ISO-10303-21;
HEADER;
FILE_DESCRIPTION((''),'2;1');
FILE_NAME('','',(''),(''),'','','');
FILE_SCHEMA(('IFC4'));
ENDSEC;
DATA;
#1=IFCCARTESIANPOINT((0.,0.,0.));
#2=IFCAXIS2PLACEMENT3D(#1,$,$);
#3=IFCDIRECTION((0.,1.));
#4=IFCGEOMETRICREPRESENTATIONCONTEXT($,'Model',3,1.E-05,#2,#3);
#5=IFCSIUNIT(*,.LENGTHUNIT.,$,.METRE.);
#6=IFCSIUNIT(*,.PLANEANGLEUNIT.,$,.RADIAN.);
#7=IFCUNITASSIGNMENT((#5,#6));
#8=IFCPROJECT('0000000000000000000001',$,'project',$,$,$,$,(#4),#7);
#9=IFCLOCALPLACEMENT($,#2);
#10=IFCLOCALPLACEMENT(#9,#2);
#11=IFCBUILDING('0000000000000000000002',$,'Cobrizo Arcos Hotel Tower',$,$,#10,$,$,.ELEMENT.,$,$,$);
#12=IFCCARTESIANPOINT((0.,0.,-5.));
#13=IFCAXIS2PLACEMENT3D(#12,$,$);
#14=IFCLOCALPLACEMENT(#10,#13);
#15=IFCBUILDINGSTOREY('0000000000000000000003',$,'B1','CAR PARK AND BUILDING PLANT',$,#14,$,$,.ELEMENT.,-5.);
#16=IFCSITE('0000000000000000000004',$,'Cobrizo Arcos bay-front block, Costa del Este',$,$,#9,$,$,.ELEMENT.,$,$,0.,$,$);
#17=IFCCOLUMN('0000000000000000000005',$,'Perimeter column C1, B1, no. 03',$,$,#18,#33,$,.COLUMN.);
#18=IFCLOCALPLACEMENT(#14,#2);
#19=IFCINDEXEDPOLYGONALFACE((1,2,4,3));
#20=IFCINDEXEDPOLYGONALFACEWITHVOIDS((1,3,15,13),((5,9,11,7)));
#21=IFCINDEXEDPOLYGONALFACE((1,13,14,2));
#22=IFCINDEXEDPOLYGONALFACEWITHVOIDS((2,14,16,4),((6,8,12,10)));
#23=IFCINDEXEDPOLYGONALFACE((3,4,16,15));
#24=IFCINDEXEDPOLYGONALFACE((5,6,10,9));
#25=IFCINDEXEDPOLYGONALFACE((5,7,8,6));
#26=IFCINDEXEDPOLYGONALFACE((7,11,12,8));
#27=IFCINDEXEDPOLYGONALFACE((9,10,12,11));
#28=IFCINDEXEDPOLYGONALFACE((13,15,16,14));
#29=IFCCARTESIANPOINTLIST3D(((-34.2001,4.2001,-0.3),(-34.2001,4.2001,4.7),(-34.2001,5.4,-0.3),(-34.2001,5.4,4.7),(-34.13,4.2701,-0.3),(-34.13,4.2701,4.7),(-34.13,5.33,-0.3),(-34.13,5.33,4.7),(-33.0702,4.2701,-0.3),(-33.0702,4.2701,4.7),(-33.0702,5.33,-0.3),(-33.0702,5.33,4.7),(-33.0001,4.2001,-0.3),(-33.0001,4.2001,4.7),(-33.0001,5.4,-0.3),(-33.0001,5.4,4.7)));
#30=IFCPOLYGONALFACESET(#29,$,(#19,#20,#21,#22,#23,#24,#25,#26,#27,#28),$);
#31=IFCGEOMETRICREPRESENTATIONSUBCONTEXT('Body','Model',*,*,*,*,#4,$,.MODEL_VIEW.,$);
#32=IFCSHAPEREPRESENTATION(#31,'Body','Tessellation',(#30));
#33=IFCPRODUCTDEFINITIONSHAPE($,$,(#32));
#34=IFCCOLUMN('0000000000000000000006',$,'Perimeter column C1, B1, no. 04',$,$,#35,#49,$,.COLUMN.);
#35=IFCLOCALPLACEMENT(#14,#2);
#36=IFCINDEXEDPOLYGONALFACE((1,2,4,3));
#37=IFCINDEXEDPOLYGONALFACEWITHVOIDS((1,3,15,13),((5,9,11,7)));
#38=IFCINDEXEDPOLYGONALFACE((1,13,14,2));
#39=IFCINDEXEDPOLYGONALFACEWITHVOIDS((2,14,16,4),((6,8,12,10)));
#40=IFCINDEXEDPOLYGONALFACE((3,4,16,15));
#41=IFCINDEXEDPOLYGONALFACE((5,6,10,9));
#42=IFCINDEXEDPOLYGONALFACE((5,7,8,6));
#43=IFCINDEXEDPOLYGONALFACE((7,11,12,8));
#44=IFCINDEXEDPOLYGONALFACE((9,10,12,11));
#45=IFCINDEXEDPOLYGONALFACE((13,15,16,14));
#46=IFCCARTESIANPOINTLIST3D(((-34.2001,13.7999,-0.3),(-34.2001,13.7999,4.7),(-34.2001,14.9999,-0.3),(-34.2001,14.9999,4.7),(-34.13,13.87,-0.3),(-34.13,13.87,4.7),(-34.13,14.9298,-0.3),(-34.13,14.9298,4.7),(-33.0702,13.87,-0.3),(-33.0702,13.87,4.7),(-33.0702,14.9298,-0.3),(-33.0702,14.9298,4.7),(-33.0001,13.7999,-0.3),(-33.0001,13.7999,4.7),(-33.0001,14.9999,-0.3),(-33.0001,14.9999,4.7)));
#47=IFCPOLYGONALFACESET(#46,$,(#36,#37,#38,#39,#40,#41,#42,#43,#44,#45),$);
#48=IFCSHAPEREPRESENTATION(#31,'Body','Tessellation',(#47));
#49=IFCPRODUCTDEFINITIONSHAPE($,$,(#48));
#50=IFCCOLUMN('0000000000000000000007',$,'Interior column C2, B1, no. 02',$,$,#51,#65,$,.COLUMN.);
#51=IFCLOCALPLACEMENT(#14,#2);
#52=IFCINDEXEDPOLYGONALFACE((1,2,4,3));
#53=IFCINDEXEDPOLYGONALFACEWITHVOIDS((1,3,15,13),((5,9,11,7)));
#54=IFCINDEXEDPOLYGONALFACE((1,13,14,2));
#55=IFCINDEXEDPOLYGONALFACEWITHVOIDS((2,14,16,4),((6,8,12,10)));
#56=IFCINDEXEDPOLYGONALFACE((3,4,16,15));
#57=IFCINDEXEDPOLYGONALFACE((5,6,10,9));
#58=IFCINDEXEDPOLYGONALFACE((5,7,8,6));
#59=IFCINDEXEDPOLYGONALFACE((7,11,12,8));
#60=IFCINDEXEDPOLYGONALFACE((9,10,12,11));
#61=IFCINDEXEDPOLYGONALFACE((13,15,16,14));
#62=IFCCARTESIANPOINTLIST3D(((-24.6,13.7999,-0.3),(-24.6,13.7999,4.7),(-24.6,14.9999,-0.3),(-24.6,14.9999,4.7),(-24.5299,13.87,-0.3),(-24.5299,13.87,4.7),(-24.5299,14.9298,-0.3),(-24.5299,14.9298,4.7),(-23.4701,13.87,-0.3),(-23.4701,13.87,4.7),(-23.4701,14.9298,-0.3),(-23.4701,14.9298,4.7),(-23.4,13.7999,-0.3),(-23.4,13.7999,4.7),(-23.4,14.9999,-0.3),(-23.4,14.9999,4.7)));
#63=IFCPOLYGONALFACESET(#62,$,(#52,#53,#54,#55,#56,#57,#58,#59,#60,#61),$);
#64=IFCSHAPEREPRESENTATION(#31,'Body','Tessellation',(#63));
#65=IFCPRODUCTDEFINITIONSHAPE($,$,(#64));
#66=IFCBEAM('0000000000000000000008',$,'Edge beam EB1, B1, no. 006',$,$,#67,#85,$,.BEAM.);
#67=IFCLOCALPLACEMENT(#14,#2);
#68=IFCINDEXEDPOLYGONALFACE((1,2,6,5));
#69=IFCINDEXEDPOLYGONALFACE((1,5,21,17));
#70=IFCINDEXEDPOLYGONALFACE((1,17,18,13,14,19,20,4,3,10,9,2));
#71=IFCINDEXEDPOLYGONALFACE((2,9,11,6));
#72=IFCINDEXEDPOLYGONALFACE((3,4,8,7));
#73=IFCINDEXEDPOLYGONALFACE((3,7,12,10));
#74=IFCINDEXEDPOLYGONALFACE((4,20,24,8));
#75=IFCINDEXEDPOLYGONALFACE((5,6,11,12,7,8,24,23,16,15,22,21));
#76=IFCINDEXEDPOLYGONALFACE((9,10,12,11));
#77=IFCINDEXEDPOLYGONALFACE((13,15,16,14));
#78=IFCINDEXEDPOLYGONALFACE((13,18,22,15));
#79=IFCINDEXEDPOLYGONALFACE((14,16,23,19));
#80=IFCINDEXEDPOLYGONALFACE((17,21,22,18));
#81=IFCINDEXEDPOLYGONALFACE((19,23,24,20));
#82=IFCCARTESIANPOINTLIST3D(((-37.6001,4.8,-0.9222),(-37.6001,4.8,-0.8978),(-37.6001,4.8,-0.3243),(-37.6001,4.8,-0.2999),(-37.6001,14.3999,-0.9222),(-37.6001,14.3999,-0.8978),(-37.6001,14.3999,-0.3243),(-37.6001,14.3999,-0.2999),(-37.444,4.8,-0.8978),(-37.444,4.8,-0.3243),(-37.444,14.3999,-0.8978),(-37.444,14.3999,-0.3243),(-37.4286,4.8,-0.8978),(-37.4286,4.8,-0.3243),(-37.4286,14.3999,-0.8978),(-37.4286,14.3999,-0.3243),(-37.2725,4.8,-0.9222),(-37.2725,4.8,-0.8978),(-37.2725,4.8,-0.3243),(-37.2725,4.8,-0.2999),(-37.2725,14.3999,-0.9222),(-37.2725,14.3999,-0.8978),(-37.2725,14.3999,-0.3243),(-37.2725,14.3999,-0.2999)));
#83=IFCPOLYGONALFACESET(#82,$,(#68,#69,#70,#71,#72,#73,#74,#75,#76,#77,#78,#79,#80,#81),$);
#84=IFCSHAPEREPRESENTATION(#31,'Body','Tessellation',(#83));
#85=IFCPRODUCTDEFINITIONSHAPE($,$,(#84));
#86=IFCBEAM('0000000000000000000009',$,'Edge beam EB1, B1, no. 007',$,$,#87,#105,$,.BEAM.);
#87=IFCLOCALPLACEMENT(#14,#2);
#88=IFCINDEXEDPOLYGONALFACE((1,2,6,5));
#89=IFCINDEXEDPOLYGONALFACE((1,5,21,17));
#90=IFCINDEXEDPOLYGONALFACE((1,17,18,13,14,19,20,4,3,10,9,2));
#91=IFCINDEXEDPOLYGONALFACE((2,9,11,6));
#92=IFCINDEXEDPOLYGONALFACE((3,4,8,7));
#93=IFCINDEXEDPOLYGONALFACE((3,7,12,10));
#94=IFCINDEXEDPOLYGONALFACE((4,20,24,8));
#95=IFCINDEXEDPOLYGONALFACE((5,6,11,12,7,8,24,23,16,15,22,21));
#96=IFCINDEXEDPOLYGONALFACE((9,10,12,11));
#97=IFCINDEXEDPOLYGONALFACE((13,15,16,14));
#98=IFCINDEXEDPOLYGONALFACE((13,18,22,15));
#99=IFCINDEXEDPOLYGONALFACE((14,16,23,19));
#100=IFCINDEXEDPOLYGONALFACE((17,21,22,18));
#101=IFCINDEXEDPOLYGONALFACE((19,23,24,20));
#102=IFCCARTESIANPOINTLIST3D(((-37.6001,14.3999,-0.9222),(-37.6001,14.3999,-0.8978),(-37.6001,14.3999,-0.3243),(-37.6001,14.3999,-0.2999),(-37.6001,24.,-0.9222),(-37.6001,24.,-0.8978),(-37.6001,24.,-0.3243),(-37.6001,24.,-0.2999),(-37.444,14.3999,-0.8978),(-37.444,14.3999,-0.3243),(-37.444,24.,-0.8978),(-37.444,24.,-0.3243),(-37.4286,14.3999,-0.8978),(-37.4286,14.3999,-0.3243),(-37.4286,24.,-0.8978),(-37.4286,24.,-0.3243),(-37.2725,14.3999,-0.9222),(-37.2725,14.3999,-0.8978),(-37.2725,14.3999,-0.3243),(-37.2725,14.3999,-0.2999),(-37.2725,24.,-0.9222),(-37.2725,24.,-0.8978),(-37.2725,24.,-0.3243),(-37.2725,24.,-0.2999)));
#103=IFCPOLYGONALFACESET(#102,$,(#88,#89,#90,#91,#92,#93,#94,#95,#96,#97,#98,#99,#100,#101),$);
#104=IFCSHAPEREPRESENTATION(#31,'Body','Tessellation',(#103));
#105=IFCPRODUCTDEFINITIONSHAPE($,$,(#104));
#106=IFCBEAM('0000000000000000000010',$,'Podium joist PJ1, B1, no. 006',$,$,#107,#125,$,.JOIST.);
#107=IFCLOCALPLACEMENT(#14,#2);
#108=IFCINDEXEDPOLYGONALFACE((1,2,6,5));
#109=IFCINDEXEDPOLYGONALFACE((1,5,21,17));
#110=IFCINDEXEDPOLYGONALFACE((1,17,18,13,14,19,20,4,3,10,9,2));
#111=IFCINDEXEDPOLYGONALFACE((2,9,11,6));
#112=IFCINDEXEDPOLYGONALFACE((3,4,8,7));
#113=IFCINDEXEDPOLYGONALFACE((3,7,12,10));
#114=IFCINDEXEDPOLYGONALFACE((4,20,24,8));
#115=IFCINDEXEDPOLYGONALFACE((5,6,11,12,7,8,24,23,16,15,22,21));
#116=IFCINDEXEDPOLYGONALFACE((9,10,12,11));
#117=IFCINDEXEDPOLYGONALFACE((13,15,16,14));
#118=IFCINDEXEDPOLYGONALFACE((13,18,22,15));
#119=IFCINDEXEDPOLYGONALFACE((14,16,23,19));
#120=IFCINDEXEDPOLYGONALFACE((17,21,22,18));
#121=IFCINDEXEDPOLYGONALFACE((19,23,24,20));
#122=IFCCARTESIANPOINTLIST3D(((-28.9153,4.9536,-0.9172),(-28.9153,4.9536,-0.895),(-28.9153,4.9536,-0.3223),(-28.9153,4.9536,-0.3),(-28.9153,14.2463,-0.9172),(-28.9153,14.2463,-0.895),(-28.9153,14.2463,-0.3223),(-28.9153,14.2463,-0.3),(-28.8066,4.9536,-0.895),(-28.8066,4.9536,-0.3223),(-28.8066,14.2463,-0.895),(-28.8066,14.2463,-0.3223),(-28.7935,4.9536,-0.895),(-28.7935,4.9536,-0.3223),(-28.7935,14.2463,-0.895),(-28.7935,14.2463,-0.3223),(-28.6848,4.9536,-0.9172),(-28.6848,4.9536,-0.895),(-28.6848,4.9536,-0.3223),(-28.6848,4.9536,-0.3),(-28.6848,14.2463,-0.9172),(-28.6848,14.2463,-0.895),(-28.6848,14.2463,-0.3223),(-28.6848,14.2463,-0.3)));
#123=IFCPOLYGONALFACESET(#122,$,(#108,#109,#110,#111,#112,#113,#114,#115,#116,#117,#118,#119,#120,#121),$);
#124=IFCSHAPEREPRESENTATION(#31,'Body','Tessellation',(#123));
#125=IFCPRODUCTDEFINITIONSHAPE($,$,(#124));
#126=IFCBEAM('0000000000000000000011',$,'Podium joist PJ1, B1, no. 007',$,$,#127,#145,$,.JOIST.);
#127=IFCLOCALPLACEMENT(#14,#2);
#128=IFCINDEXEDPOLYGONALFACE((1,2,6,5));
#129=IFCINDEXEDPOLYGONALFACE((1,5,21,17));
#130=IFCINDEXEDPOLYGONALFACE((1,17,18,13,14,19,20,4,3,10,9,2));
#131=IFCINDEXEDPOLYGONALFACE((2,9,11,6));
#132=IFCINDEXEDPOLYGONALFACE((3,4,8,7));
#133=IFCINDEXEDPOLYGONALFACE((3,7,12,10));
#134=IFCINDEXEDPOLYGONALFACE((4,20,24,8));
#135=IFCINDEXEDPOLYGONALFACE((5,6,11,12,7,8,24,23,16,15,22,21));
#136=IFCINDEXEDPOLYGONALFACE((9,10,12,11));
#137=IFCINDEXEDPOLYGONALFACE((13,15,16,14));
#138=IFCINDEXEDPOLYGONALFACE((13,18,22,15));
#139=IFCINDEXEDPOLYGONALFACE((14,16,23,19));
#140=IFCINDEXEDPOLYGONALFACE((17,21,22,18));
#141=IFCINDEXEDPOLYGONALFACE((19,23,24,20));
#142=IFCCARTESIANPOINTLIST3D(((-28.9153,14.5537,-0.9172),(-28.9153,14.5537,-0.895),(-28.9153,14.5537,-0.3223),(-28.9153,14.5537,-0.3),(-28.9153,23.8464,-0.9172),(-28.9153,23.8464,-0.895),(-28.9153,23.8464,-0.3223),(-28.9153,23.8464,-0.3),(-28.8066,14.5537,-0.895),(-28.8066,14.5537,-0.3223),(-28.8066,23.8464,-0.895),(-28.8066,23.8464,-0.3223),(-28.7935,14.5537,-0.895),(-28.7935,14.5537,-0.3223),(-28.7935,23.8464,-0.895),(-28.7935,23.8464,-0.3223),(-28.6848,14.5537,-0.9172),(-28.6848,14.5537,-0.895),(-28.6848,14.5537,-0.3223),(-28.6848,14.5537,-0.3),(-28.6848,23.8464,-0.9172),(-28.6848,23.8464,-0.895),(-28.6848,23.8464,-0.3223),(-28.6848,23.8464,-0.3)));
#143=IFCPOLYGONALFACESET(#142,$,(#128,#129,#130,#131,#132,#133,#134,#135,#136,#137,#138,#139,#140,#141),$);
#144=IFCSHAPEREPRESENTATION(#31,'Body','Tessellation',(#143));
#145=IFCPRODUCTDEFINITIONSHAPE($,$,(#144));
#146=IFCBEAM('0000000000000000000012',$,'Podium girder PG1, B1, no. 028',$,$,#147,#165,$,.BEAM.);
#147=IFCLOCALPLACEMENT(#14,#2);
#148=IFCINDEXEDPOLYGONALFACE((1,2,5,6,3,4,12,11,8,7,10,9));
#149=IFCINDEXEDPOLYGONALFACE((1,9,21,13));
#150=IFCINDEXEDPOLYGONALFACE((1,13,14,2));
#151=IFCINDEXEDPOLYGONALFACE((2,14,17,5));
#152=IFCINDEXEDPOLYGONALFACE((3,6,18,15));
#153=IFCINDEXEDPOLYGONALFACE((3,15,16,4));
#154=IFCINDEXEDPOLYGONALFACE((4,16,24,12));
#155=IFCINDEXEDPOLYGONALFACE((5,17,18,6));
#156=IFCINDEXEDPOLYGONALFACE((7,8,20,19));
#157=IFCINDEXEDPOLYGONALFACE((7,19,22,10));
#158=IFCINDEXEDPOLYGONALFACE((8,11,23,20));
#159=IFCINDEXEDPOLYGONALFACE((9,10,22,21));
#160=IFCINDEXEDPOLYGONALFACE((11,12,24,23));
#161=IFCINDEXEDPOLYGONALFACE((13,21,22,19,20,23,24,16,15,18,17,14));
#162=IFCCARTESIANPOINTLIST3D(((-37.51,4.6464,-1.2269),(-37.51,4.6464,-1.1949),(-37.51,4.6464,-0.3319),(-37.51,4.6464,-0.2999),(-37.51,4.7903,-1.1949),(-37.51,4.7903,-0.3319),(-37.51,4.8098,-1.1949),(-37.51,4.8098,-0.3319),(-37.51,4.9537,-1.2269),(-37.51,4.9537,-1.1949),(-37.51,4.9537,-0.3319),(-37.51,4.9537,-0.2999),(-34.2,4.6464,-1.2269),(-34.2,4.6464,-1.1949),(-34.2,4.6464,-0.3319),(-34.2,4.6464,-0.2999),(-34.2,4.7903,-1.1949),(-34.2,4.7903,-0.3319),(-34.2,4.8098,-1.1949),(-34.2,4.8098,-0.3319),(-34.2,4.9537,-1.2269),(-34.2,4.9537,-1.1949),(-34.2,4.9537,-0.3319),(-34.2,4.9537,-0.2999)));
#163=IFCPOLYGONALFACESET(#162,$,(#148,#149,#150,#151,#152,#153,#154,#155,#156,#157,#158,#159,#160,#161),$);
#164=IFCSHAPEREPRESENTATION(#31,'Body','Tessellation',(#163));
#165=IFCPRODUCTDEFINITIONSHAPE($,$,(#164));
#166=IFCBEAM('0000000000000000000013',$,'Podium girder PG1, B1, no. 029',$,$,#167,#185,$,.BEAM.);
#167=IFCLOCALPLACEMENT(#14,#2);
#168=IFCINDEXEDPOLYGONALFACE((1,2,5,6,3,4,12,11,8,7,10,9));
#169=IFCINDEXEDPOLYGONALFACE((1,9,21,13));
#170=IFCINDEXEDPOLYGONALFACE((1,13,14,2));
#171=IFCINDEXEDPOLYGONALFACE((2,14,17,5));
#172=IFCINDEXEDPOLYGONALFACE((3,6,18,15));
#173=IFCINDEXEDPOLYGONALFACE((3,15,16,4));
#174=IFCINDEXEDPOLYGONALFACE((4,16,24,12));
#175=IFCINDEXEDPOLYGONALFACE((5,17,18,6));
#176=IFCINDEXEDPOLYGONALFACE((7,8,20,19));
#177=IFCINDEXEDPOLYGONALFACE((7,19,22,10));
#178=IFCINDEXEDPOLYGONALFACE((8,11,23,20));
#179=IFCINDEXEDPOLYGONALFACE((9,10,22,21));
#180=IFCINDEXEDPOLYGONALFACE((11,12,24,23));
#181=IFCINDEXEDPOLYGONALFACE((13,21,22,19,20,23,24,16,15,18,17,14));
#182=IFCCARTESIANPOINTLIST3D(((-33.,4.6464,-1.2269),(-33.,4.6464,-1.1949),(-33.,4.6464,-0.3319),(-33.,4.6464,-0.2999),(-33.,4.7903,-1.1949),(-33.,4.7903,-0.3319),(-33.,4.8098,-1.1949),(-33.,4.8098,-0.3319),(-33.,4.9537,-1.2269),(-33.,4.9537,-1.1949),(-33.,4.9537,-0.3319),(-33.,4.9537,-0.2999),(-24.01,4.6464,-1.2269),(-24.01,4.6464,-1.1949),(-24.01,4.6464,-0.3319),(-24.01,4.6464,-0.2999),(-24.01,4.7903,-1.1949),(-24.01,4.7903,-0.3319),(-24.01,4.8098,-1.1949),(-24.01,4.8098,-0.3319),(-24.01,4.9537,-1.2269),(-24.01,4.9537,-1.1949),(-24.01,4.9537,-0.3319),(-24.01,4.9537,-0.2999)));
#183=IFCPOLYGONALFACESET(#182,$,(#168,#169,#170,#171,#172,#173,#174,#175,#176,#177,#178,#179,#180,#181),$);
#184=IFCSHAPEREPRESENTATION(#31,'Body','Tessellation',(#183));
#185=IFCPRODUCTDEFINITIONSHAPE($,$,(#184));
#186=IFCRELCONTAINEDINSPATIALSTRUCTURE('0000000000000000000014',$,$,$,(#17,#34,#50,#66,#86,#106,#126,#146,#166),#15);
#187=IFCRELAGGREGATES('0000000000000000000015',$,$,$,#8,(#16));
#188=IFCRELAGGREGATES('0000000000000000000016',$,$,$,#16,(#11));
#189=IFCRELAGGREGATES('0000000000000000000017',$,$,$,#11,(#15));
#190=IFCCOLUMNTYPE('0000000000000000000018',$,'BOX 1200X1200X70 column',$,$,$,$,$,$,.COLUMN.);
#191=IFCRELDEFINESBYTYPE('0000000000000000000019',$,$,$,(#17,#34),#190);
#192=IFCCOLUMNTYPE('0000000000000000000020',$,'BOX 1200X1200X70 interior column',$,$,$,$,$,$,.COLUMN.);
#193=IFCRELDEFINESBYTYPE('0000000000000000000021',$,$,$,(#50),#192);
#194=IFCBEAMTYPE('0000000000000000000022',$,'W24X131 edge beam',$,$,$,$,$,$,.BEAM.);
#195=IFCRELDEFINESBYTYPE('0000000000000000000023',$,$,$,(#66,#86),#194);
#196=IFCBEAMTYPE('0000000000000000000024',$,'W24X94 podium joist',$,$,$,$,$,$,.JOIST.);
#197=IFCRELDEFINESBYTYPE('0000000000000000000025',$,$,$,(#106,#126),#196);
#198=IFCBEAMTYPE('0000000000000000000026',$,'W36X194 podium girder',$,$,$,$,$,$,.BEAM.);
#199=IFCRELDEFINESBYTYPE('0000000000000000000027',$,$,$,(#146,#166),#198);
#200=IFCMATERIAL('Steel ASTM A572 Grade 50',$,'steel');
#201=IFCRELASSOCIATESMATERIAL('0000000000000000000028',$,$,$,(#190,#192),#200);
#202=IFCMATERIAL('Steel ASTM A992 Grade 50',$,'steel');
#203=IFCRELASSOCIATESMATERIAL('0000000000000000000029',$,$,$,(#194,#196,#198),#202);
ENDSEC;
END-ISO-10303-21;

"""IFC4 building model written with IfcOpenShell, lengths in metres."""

from ifc_helpers import new_model, si_unit, direction, frame, origin, origin_2d, place, context, subcontext, project, spatial, hollow_rectangle, i_section, extrude, material, material_profile, profile_set, type_object, element, save


model = new_model("IFC4")

# Units and contexts
model_context = context("Model", 3, precision=1e-05, world=origin(), true_north=direction((0.0, 1.0)))
body_context = subcontext(model_context, "Body", "Model", "MODEL_VIEW")
ifc_project = project(units=[si_unit("LENGTHUNIT", "METRE"), si_unit("PLANEANGLEUNIT", "RADIAN")], contexts=[model_context])

# Site, building, storey
site_placement = place(None, origin())
site = spatial("IfcSite", under=ifc_project, at=site_placement, Name="Cobrizo Arcos bay-front block, Costa del Este", CompositionType="ELEMENT", RefElevation=0.0)
building_placement = place(site_placement, origin())
building = spatial("IfcBuilding", under=site, at=building_placement, Name="Cobrizo Arcos Hotel Tower", CompositionType="ELEMENT")
storey_placement = place(building_placement, frame((0.0, 0.0, -5.0)))
storey = spatial("IfcBuildingStorey", under=building, at=storey_placement, Name="B1", Description="CAR PARK AND BUILDING PLANT", CompositionType="ELEMENT", Elevation=-5.0)

# Columns
ifc_material_1 = material(Name="Steel ASTM A572 Grade 50", Category="steel")
ifc_material_profile_1 = material_profile(ifc_material_1, hollow_rectangle(XDim=1.2, YDim=1.2, WallThickness=0.0701, at=origin_2d()), Name="BOX 1200X1200X70")
ifc_profile_set_1 = profile_set([ifc_material_profile_1], Name="Steel ASTM A572 Grade 50")
column_type_1 = type_object("IfcColumnType", Name="BOX 1200X1200X70 column", PredefinedType="COLUMN", material=ifc_profile_set_1)
for number, where, z_axis, x_axis, name in (
    (1, (-33.6001, 4.8, -0.3), (0.0, 0.0, 1.0), (1.0, 0.0, 0.0), "Perimeter column C1, B1, no. 03"),
    (2, (-33.6001, 14.3999, -0.3), (0.0, 0.0, 1.0), (1.0, 0.0, 0.0), "Perimeter column C1, B1, no. 04"),
):
    element("IfcColumn", number, at=place(storey_placement, frame(where, z_axis=z_axis, x_axis=x_axis)), inside=storey, type_object=column_type_1, Name=name, PredefinedType="COLUMN", context=body_context, shape_type="SweptSolid", body=[
        extrude(hollow_rectangle(XDim=1.2, YDim=1.2, WallThickness=0.0701, at=origin_2d()), origin(), (0.0, 0.0, 1.0), 5.0),
    ])
ifc_material_profile_2 = material_profile(ifc_material_1, hollow_rectangle(XDim=1.2, YDim=1.2, WallThickness=0.0701, at=origin_2d()), Name="BOX 1200X1200X70")
ifc_profile_set_2 = profile_set([ifc_material_profile_2], Name="Steel ASTM A572 Grade 50")
column_type_2 = type_object("IfcColumnType", Name="BOX 1200X1200X70 interior column", PredefinedType="COLUMN", material=ifc_profile_set_2)
column_placement = place(storey_placement, frame((-24.0, 14.3999, -0.3), z_axis=(0.0, 0.0, 1.0), x_axis=(1.0, 0.0, 0.0)))
element("IfcColumn", 3, at=column_placement, inside=storey, type_object=column_type_2, Name="Interior column C2, B1, no. 02", PredefinedType="COLUMN", context=body_context, shape_type="SweptSolid", body=[
    extrude(hollow_rectangle(XDim=1.2, YDim=1.2, WallThickness=0.0701, at=origin_2d()), origin(), (0.0, 0.0, 1.0), 5.0),
])

# Beams
ifc_material_2 = material(Name="Steel ASTM A992 Grade 50", Category="steel")
ifc_material_profile_3 = material_profile(ifc_material_2, i_section(OverallWidth=0.3276, OverallDepth=0.6223, WebThickness=0.0154, FlangeThickness=0.0244, at=origin_2d()), Name="W24X131")
ifc_profile_set_3 = profile_set([ifc_material_profile_3], Name="Steel ASTM A992 Grade 50")
beam_type_1 = type_object("IfcBeamType", Name="W24X131 edge beam", PredefinedType="BEAM", material=ifc_profile_set_3)
beam_1_placement = place(storey_placement, frame((-37.4363, 4.8, -0.6111), z_axis=(0.0, 1.0, 0.0), x_axis=(-1.0, 0.0, 0.0)))
element("IfcBeam", 4, at=beam_1_placement, inside=storey, type_object=beam_type_1, Name="Edge beam EB1, B1, no. 006", PredefinedType="BEAM", context=body_context, shape_type="SweptSolid", body=[
    extrude(i_section(OverallWidth=0.3276, OverallDepth=0.6223, WebThickness=0.0154, FlangeThickness=0.0244, at=origin_2d()), origin(), (0.0, 0.0, 1.0), 9.5999),
])
beam_2_placement = place(storey_placement, frame((-37.4363, 14.3999, -0.6111), z_axis=(0.0, 1.0, 0.0), x_axis=(-1.0, 0.0, 0.0)))
element("IfcBeam", 5, at=beam_2_placement, inside=storey, type_object=beam_type_1, Name="Edge beam EB1, B1, no. 007", PredefinedType="BEAM", context=body_context, shape_type="SweptSolid", body=[
    extrude(i_section(OverallWidth=0.3276, OverallDepth=0.6223, WebThickness=0.0154, FlangeThickness=0.0244, at=origin_2d()), origin(), (0.0, 0.0, 1.0), 9.6001),
])
ifc_material_profile_4 = material_profile(ifc_material_2, i_section(OverallWidth=0.2305, OverallDepth=0.6172, WebThickness=0.0132, FlangeThickness=0.0222, at=origin_2d()), Name="W24X94")
ifc_profile_set_4 = profile_set([ifc_material_profile_4], Name="Steel ASTM A992 Grade 50")
beam_type_2 = type_object("IfcBeamType", Name="W24X94 podium joist", PredefinedType="JOIST", material=ifc_profile_set_4)
for number, where, z_axis, x_axis, name in (
    (6, (-28.8, 4.9536, -0.6086), (0.0, 1.0, 0.0), (-1.0, 0.0, 0.0), "Podium joist PJ1, B1, no. 006"),
    (7, (-28.8, 14.5537, -0.6086), (0.0, 1.0, 0.0), (-1.0, 0.0, 0.0), "Podium joist PJ1, B1, no. 007"),
):
    element("IfcBeam", number, at=place(storey_placement, frame(where, z_axis=z_axis, x_axis=x_axis)), inside=storey, type_object=beam_type_2, Name=name, PredefinedType="JOIST", context=body_context, shape_type="SweptSolid", body=[
        extrude(i_section(OverallWidth=0.2305, OverallDepth=0.6172, WebThickness=0.0132, FlangeThickness=0.0222, at=origin_2d()), origin(), (0.0, 0.0, 1.0), 9.2927),
    ])
ifc_material_profile_5 = material_profile(ifc_material_2, i_section(OverallWidth=0.3074, OverallDepth=0.927, WebThickness=0.0195, FlangeThickness=0.032, at=origin_2d()), Name="W36X194")
ifc_profile_set_5 = profile_set([ifc_material_profile_5], Name="Steel ASTM A992 Grade 50")
beam_type_3 = type_object("IfcBeamType", Name="W36X194 podium girder", PredefinedType="BEAM", material=ifc_profile_set_5)
beam_3_placement = place(storey_placement, frame((-37.51, 4.8, -0.7634), z_axis=(1.0, 0.0, 0.0), x_axis=(0.0, 1.0, 0.0)))
element("IfcBeam", 8, at=beam_3_placement, inside=storey, type_object=beam_type_3, Name="Podium girder PG1, B1, no. 028", PredefinedType="BEAM", context=body_context, shape_type="SweptSolid", body=[
    extrude(i_section(OverallWidth=0.3074, OverallDepth=0.927, WebThickness=0.0195, FlangeThickness=0.032, at=origin_2d()), origin(), (0.0, 0.0, 1.0), 3.3101),
])
beam_4_placement = place(storey_placement, frame((-33.0, 4.8, -0.7634), z_axis=(1.0, 0.0, 0.0), x_axis=(0.0, 1.0, 0.0)))
element("IfcBeam", 9, at=beam_4_placement, inside=storey, type_object=beam_type_3, Name="Podium girder PG1, B1, no. 029", PredefinedType="BEAM", context=body_context, shape_type="SweptSolid", body=[
    extrude(i_section(OverallWidth=0.3074, OverallDepth=0.927, WebThickness=0.0195, FlangeThickness=0.032, at=origin_2d()), origin(), (0.0, 0.0, 1.0), 8.99),
])

save(model, "model.ifc")
